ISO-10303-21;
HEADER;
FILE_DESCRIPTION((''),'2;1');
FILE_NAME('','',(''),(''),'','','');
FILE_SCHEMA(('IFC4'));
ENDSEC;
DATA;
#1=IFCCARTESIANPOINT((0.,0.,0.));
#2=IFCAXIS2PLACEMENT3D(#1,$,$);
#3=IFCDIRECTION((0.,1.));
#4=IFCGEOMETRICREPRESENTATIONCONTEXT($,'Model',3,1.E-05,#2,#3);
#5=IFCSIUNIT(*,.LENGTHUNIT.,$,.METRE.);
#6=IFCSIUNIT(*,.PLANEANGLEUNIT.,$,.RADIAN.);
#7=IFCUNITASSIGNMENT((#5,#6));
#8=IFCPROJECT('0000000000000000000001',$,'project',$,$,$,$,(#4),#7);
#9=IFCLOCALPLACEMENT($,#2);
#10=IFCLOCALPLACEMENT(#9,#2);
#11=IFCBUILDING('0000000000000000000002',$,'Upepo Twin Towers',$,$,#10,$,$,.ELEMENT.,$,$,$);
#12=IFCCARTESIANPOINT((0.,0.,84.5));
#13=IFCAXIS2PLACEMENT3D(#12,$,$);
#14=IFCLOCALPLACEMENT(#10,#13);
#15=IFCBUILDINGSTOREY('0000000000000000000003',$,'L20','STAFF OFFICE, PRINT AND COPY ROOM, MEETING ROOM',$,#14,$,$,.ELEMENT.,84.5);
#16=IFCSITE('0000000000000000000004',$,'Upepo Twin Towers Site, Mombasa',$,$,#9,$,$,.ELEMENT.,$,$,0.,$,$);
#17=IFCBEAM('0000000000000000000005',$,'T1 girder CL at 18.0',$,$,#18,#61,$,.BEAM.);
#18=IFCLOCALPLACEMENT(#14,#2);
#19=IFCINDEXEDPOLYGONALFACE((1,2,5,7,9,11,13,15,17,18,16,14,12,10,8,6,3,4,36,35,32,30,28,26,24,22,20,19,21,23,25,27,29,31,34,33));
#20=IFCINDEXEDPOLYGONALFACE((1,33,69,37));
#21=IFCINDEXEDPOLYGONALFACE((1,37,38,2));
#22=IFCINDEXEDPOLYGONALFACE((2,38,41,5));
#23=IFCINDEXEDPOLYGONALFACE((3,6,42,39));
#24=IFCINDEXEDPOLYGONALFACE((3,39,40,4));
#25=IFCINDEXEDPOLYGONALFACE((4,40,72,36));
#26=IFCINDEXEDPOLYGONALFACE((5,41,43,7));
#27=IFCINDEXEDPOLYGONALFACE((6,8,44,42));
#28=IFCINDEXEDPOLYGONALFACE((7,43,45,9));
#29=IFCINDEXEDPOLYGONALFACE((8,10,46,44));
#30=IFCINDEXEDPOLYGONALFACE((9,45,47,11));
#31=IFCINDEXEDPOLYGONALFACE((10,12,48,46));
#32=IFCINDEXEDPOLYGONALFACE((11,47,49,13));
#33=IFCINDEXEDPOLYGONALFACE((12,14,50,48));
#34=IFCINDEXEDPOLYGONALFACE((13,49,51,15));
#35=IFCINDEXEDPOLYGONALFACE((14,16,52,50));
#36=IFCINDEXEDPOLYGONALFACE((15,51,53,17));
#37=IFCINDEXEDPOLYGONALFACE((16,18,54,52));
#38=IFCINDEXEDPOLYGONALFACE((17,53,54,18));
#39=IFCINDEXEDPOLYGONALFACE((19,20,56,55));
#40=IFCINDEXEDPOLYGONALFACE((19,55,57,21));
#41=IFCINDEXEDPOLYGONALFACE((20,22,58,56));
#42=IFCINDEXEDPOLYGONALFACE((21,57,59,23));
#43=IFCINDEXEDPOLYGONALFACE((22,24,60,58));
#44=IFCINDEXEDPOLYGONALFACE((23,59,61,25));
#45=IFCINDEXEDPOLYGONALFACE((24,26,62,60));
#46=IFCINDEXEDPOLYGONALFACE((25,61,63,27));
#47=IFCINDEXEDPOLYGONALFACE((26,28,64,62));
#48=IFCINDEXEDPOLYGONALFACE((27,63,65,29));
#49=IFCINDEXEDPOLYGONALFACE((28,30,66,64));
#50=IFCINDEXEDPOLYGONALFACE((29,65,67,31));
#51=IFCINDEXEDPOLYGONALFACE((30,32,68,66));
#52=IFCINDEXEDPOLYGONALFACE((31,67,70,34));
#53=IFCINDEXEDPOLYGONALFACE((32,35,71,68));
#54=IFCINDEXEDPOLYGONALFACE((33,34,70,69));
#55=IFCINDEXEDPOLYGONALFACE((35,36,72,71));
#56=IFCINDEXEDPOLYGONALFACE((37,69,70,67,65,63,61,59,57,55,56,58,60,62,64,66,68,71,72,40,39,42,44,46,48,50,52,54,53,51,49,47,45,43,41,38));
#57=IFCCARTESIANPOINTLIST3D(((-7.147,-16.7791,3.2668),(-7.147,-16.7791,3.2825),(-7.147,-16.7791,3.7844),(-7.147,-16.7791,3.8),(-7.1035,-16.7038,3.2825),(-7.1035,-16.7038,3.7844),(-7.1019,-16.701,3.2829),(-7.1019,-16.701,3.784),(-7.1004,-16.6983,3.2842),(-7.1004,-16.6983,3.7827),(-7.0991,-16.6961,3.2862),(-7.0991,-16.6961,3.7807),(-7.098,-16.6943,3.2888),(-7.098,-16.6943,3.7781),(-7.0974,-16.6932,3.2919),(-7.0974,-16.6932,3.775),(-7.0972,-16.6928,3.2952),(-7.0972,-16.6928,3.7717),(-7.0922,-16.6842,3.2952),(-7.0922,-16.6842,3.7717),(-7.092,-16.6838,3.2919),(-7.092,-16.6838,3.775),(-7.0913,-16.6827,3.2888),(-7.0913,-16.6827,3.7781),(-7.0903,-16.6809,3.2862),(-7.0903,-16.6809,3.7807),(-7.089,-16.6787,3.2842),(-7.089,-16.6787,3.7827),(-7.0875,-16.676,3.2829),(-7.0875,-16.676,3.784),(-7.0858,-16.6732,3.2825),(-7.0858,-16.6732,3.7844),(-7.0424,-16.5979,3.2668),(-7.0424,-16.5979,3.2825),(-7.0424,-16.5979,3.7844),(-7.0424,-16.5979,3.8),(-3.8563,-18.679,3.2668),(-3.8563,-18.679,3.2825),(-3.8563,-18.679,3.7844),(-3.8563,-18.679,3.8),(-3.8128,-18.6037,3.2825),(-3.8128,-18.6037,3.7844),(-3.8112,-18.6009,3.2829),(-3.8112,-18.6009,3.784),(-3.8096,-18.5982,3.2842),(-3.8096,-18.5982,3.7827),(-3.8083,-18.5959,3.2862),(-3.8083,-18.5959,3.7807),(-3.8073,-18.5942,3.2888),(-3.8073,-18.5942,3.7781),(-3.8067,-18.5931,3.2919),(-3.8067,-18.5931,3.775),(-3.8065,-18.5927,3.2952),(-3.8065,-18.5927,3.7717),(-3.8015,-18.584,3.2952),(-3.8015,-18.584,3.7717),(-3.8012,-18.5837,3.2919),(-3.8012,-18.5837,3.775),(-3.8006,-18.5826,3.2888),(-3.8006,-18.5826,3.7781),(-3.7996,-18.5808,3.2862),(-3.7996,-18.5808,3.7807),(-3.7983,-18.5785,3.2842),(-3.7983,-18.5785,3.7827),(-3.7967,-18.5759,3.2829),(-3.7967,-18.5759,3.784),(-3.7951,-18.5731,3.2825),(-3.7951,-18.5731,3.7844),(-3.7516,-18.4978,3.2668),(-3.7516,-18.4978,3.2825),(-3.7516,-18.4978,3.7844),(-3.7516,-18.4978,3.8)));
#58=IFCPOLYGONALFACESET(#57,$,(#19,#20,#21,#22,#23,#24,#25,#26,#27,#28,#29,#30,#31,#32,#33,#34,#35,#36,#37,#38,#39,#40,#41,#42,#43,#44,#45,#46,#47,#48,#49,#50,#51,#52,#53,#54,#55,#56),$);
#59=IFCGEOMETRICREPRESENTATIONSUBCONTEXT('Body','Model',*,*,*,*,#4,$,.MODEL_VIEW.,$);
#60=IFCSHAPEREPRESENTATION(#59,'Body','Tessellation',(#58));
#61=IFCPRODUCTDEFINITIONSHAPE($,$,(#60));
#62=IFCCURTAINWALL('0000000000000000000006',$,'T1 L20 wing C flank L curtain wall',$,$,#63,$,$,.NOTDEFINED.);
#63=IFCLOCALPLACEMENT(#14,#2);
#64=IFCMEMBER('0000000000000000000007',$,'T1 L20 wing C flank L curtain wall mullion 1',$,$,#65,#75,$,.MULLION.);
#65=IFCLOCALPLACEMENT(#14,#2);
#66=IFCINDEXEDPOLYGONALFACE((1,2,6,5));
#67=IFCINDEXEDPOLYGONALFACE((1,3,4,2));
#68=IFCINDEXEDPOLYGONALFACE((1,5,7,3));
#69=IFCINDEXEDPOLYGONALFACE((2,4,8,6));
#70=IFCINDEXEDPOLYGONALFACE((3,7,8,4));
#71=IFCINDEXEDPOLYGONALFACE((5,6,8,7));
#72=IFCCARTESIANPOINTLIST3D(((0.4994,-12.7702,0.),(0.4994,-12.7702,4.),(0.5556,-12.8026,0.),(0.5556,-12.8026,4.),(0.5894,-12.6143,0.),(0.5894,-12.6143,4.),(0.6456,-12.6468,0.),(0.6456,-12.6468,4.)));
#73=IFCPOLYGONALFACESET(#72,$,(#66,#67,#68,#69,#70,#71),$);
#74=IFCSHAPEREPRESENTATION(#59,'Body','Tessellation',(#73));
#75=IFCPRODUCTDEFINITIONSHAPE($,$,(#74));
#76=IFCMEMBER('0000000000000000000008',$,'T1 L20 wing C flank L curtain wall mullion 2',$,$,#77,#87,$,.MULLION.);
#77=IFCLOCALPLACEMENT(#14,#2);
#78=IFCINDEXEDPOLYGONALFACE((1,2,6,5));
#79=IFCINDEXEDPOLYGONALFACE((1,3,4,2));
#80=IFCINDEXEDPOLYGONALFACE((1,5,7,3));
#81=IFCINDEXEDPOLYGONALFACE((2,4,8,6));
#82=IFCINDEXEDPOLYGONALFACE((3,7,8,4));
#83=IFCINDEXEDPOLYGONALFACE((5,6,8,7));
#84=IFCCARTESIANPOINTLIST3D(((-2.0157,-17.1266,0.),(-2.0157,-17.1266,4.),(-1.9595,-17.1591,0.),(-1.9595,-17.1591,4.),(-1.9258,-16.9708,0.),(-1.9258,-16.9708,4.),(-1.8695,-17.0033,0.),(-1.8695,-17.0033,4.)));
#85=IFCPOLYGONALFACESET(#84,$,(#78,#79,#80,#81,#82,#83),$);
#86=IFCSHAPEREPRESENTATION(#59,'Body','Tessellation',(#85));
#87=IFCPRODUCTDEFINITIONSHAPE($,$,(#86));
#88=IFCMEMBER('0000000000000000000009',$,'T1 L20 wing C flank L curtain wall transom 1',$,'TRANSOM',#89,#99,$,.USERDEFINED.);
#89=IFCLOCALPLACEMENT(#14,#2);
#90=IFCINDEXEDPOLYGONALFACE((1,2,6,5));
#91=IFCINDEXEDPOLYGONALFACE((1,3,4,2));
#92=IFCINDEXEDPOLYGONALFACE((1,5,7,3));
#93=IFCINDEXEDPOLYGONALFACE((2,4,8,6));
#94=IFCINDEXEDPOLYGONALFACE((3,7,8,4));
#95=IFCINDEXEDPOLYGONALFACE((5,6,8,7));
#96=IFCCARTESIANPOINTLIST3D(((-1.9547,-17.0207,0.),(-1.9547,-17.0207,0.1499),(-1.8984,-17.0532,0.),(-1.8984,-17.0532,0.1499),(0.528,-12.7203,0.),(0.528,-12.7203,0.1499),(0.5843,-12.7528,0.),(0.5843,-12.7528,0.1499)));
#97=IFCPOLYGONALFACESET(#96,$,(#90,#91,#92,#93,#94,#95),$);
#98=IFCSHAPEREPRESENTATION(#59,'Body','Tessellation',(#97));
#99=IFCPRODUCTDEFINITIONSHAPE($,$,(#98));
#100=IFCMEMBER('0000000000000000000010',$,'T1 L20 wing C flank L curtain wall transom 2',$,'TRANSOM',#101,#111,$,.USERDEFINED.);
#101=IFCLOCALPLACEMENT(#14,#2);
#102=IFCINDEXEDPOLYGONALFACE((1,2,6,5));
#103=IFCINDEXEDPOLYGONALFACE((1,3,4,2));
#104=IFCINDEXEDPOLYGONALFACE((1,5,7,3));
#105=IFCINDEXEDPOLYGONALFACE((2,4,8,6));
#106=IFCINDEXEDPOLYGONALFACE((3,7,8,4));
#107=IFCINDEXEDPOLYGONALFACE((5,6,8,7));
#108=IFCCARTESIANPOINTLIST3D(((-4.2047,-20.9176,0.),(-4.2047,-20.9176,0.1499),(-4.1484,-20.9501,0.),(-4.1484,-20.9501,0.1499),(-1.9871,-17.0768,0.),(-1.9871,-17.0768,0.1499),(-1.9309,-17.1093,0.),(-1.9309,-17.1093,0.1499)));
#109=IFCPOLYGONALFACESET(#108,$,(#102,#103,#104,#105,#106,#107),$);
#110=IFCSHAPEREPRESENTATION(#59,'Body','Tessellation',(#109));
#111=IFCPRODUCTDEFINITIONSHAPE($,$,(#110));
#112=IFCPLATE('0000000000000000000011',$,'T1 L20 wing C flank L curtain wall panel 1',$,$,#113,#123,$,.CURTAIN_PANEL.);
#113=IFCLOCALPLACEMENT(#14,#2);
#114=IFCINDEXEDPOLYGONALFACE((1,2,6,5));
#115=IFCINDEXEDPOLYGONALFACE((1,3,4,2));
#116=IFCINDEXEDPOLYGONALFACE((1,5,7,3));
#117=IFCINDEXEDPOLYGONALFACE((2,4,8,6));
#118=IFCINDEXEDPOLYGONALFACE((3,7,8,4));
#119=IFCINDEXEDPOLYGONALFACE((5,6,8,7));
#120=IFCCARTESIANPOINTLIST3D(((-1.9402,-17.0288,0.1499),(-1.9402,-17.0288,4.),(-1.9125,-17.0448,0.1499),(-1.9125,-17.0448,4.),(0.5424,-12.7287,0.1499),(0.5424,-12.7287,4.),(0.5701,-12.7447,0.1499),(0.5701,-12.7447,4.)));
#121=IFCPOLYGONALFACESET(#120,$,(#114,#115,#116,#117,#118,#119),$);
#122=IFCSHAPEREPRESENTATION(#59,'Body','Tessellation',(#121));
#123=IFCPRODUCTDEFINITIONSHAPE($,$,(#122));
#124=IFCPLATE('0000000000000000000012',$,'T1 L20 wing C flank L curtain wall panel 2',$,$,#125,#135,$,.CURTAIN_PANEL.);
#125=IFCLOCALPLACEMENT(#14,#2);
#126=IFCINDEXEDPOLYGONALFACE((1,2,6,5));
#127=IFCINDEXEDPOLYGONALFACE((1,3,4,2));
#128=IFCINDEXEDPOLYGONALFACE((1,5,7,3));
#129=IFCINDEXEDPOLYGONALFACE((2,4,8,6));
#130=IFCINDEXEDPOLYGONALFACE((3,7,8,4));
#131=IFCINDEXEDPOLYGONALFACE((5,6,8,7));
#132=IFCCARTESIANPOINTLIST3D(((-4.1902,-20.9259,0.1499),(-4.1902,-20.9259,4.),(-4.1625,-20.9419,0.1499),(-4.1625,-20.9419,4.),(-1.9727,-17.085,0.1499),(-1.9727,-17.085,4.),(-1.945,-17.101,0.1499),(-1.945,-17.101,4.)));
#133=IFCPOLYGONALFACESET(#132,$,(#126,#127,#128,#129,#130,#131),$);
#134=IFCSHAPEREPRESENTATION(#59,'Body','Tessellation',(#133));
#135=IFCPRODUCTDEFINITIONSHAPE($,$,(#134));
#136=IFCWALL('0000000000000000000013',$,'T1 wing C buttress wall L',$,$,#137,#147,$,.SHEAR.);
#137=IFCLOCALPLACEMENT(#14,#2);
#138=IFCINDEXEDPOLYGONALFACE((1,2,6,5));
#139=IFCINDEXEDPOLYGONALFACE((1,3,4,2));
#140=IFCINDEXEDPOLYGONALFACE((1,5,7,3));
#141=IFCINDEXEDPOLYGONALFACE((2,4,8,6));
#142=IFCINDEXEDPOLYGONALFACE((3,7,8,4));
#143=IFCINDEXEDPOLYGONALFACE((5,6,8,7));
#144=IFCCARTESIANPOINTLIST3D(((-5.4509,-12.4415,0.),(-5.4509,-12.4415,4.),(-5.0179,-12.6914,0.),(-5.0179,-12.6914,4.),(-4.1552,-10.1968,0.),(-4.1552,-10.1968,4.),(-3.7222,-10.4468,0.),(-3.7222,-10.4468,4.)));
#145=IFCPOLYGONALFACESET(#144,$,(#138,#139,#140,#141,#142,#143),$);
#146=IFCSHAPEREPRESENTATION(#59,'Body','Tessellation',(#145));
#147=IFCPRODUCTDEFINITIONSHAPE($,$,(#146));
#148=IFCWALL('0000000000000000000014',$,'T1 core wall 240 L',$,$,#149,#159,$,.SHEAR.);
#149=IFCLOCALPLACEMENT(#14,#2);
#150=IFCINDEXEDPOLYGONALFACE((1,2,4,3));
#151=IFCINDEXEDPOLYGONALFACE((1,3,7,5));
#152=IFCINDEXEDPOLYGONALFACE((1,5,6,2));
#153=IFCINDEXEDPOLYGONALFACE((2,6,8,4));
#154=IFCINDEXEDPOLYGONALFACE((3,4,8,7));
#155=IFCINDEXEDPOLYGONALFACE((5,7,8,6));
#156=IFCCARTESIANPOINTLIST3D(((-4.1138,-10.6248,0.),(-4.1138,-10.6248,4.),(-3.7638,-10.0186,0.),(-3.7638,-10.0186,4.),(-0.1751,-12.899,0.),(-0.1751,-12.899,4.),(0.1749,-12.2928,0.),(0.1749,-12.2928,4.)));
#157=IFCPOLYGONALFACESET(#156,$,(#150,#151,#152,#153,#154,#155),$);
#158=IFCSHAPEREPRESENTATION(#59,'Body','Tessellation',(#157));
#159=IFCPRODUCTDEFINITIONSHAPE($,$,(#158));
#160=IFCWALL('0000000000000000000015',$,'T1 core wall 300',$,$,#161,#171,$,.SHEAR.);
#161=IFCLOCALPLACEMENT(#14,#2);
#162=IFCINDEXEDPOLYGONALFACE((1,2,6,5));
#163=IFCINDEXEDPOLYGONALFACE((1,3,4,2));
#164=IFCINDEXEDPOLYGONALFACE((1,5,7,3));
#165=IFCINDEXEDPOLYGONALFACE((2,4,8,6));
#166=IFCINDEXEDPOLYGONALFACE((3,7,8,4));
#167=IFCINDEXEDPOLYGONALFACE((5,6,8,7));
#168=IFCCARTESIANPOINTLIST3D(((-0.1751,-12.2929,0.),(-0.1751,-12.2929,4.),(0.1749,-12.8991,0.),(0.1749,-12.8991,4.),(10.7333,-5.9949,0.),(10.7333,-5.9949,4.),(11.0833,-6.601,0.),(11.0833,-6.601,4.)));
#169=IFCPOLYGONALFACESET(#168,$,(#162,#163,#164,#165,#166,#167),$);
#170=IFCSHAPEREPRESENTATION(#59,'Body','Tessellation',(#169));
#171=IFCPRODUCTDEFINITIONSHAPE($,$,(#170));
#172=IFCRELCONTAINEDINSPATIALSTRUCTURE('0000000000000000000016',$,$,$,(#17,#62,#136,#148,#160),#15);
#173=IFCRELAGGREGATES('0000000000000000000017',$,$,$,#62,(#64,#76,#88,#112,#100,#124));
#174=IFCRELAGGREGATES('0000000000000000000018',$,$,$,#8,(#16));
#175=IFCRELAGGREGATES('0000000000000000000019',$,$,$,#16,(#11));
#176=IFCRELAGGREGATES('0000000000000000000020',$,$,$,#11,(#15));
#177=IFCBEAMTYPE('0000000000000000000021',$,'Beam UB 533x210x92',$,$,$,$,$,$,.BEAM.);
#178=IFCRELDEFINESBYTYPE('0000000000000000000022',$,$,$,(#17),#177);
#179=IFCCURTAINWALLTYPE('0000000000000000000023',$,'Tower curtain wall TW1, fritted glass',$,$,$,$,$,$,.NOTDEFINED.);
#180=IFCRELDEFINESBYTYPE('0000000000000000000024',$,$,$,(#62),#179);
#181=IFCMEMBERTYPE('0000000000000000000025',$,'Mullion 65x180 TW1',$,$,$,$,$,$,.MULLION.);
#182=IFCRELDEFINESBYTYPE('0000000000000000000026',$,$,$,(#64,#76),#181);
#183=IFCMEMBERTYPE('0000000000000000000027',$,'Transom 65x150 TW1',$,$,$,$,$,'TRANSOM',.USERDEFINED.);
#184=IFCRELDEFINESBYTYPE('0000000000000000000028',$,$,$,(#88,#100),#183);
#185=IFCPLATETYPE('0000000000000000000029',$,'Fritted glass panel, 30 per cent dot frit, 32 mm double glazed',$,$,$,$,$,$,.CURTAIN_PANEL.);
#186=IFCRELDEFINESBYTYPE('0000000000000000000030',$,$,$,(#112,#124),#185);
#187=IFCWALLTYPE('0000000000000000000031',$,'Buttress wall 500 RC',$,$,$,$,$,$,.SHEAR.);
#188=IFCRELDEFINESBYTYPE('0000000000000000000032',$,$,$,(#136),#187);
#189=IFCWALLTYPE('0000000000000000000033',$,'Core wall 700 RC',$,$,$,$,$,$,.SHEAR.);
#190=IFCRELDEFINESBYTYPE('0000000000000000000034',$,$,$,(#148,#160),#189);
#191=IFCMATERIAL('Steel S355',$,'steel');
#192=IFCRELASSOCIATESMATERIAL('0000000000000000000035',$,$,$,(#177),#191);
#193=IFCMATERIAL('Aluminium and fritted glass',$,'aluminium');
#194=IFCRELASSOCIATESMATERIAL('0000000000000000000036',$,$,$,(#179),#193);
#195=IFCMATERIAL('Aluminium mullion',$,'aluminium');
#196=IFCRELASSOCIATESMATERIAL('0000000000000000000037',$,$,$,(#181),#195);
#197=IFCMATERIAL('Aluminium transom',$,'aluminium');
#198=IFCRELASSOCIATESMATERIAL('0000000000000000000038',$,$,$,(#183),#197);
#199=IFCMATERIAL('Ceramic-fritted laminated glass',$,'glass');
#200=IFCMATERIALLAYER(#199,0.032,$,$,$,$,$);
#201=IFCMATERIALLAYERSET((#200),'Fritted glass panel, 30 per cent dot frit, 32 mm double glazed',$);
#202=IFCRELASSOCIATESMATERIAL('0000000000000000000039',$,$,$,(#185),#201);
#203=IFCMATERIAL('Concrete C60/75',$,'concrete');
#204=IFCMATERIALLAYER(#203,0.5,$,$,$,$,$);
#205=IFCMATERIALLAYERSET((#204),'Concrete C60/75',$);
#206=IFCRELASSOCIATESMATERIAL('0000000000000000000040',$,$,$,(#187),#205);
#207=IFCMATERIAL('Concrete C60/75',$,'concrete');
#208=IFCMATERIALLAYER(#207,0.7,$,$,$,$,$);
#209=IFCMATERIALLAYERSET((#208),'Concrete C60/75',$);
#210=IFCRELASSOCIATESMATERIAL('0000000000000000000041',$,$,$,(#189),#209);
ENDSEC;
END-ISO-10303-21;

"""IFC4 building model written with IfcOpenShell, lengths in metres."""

from ifc_helpers import new_model, si_unit, direction, frame, frame_2d, origin, origin_2d, place, context, subcontext, project, spatial, rectangle, i_section, extrude, material, layer, layer_set, material_profile, profile_set, type_object, element, aggregate, save


model = new_model("IFC4")

# Units and contexts
model_context = context("Model", 3, precision=1e-05, world=origin(), true_north=direction((0.0, 1.0)))
body_context = subcontext(model_context, "Body", "Model", "MODEL_VIEW")
ifc_project = project(units=[si_unit("LENGTHUNIT", "METRE"), si_unit("PLANEANGLEUNIT", "RADIAN")], contexts=[model_context])

# Site, building, storey
site_placement = place(None, origin())
site = spatial("IfcSite", under=ifc_project, at=site_placement, Name="Upepo Twin Towers Site, Mombasa", CompositionType="ELEMENT", RefElevation=0.0)
building_placement = place(site_placement, origin())
building = spatial("IfcBuilding", under=site, at=building_placement, Name="Upepo Twin Towers", CompositionType="ELEMENT")
storey_placement = place(building_placement, frame((0.0, 0.0, 84.5)))
storey = spatial("IfcBuildingStorey", under=building, at=storey_placement, Name="L20", Description="STAFF OFFICE, PRINT AND COPY ROOM, MEETING ROOM", CompositionType="ELEMENT", Elevation=84.5)

# Beam
ifc_material_1 = material(Name="Steel S355", Category="steel")
ifc_material_profile_1 = material_profile(ifc_material_1, i_section(OverallWidth=0.2092, OverallDepth=0.5332, WebThickness=0.01, FlangeThickness=0.0156, FilletRadius=0.0127, at=origin_2d()), Name="UB 533x210x92")
ifc_profile_set_1 = profile_set([ifc_material_profile_1], Name="Steel S355")
beam_type_1 = type_object("IfcBeamType", Name="Beam UB 533x210x92", PredefinedType="BEAM", material=ifc_profile_set_1)
beam_1_placement = place(storey_placement, frame((-3.804, -18.5884, 3.5334), z_axis=(-0.866028, 0.499995, 0.0), x_axis=(-0.499995, -0.866028, 0.0)))
element("IfcBeam", 1, at=beam_1_placement, inside=storey, type_object=beam_type_1, Name="T1 girder CL at 18.0", PredefinedType="BEAM", context=body_context, shape_type="SweptSolid", body=[
    extrude(i_section(OverallWidth=0.2092, OverallDepth=0.5332, WebThickness=0.01, FlangeThickness=0.0156, FilletRadius=0.0127, at=origin_2d()), origin(), (0.0, 0.0, 1.0), 3.7998),
])

# Curtain wall, members, plates
ifc_material_2 = material(Name="Aluminium and fritted glass", Category="aluminium")
curtain_wall_type = type_object("IfcCurtainWallType", Name="Tower curtain wall TW1, fritted glass", PredefinedType="NOTDEFINED", material=ifc_material_2)
curtain_wall_placement = place(storey_placement, origin())
curtain_wall = element("IfcCurtainWall", 2, at=curtain_wall_placement, inside=storey, type_object=curtain_wall_type, Name="T1 L20 wing C flank L curtain wall", PredefinedType="NOTDEFINED")
ifc_material_3 = material(Name="Aluminium mullion", Category="aluminium")
ifc_material_profile_2 = material_profile(ifc_material_3, rectangle(XDim=0.0649, YDim=0.1799, at=origin_2d()), Name="MULLION 65x180")
ifc_profile_set_2 = profile_set([ifc_material_profile_2], Name="Aluminium mullion")
member_type_1 = type_object("IfcMemberType", Name="Mullion 65x180 TW1", PredefinedType="MULLION", material=ifc_profile_set_2)
member_1_placement = place(storey_placement, frame((0.5725, -12.7085, 0.0), z_axis=(0.0, 0.0, 1.0), x_axis=(0.866025, -0.5, 0.0)))
member_1 = element("IfcMember", 3, at=member_1_placement, type_object=member_type_1, Name="T1 L20 wing C flank L curtain wall mullion 1", PredefinedType="MULLION", context=body_context, shape_type="SweptSolid", body=[
    extrude(rectangle(XDim=0.0649, YDim=0.1799, at=origin_2d()), origin(), (0.0, 0.0, 1.0), 4.0),
])
member_2_placement = place(storey_placement, frame((-1.9426, -17.0649, 0.0), z_axis=(0.0, 0.0, 1.0), x_axis=(0.866025, -0.5, 0.0)))
member_2 = element("IfcMember", 4, at=member_2_placement, type_object=member_type_1, Name="T1 L20 wing C flank L curtain wall mullion 2", PredefinedType="MULLION", context=body_context, shape_type="SweptSolid", body=[
    extrude(rectangle(XDim=0.0649, YDim=0.1799, at=origin_2d()), origin(), (0.0, 0.0, 1.0), 4.0),
])
ifc_material_4 = material(Name="Aluminium transom", Category="aluminium")
ifc_material_profile_3 = material_profile(ifc_material_4, rectangle(XDim=0.0649, YDim=0.1499, at=origin_2d()), Name="TRANSOM 65x150")
ifc_profile_set_3 = profile_set([ifc_material_profile_3], Name="Aluminium transom")
member_type_2 = type_object("IfcMemberType", Name="Transom 65x150 TW1", ElementType="TRANSOM", PredefinedType="USERDEFINED", material=ifc_profile_set_3)
member_3_placement = place(storey_placement, frame((0.5562, -12.7366, 0.075), z_axis=(-0.499983, -0.866035, 0.0), x_axis=(0.866035, -0.499983, 0.0)))
member_3 = element("IfcMember", 5, at=member_3_placement, type_object=member_type_2, Name="T1 L20 wing C flank L curtain wall transom 1", ObjectType="TRANSOM", PredefinedType="USERDEFINED", context=body_context, shape_type="SweptSolid", body=[
    extrude(rectangle(XDim=0.0649, YDim=0.1499, at=origin_2d()), origin(), (0.0, 0.0, 1.0), 4.9656),
])
member_4_placement = place(storey_placement, frame((-1.959, -17.093, 0.075), z_axis=(-0.500005, -0.866022, 0.0), x_axis=(0.866022, -0.500005, 0.0)))
member_4 = element("IfcMember", 6, at=member_4_placement, type_object=member_type_2, Name="T1 L20 wing C flank L curtain wall transom 2", ObjectType="TRANSOM", PredefinedType="USERDEFINED", context=body_context, shape_type="SweptSolid", body=[
    extrude(rectangle(XDim=0.0649, YDim=0.1499, at=origin_2d()), origin(), (0.0, 0.0, 1.0), 4.4351),
])
ifc_material_5 = material(Name="Ceramic-fritted laminated glass", Category="glass")
ifc_layer_1 = layer(ifc_material_5, 0.032)
ifc_layer_set_1 = layer_set([ifc_layer_1], Name="Fritted glass panel, 30 per cent dot frit, 32 mm double glazed")
plate_type = type_object("IfcPlateType", Name="Fritted glass panel, 30 per cent dot frit, 32 mm double glazed", PredefinedType="CURTAIN_PANEL", material=ifc_layer_set_1)
plate_1_placement = place(storey_placement, frame((-0.6851, -14.8867, 0.1499), z_axis=(0.0, 0.0, 1.0), x_axis=(-0.5, -0.866025, 0.0)))
plate_1 = element("IfcPlate", 7, at=plate_1_placement, type_object=plate_type, Name="T1 L20 wing C flank L curtain wall panel 1", PredefinedType="CURTAIN_PANEL", context=body_context, shape_type="SweptSolid", body=[
    extrude(rectangle(XDim=4.9653, YDim=0.032, at=origin_2d()), origin(), (0.0, 0.0, 1.0), 3.8501),
])
plate_2_placement = place(storey_placement, frame((-3.0676, -19.0134, 0.1499), z_axis=(0.0, 0.0, 1.0), x_axis=(-0.5, -0.866025, 0.0)))
plate_2 = element("IfcPlate", 8, at=plate_2_placement, type_object=plate_type, Name="T1 L20 wing C flank L curtain wall panel 2", PredefinedType="CURTAIN_PANEL", context=body_context, shape_type="SweptSolid", body=[
    extrude(rectangle(XDim=4.4351, YDim=0.032, at=origin_2d()), origin(), (0.0, 0.0, 1.0), 3.8501),
])
aggregate(curtain_wall, [member_1, member_2, member_3, plate_1, member_4, plate_2])

# Walls
ifc_material_6 = material(Name="Concrete C60/75", Category="concrete")
ifc_layer_2 = layer(ifc_material_6, 0.5)
ifc_layer_set_2 = layer_set([ifc_layer_2], Name="Concrete C60/75")
wall_type_1 = type_object("IfcWallType", Name="Buttress wall 500 RC", PredefinedType="SHEAR", material=ifc_layer_set_2)
wall_1_placement = place(storey_placement, frame((-3.9387, -10.3218, 0.0), z_axis=(0.0, 0.0, 1.0), x_axis=(-0.499918, -0.866073, 0.0)))
element("IfcWall", 9, at=wall_1_placement, inside=storey, type_object=wall_type_1, Name="T1 wing C buttress wall L", PredefinedType="SHEAR", context=body_context, shape_type="SweptSolid", body=[
    extrude(rectangle(XDim=2.5918, YDim=0.5, at=frame_2d((1.2959, 0.0))), origin(), (0.0, 0.0, 1.0), 4.0),
])
ifc_material_7 = material(Name="Concrete C60/75", Category="concrete")
ifc_layer_3 = layer(ifc_material_7, 0.7)
ifc_layer_set_3 = layer_set([ifc_layer_3], Name="Concrete C60/75")
wall_type_2 = type_object("IfcWallType", Name="Core wall 700 RC", PredefinedType="SHEAR", material=ifc_layer_set_3)
wall_2_placement = place(storey_placement, frame((-3.9387, -10.3218, 0.0), z_axis=(0.0, 0.0, 1.0), x_axis=(0.866011, -0.500024, 0.0)))
element("IfcWall", 10, at=wall_2_placement, inside=storey, type_object=wall_type_2, Name="T1 core wall 240 L", PredefinedType="SHEAR", context=body_context, shape_type="SweptSolid", body=[
    extrude(rectangle(XDim=4.5481, YDim=0.7, at=frame_2d((2.2739, 0.0))), origin(), (0.0, 0.0, 1.0), 4.0),
])
wall_3_placement = place(storey_placement, frame((0.0, -12.5959, 0.0), z_axis=(0.0, 0.0, 1.0), x_axis=(0.866022, 0.500006, 0.0)))
element("IfcWall", 11, at=wall_3_placement, inside=storey, type_object=wall_type_2, Name="T1 core wall 300", PredefinedType="SHEAR", context=body_context, shape_type="SweptSolid", body=[
    extrude(rectangle(XDim=12.5959, YDim=0.7, at=frame_2d((6.2979, 0.0))), origin(), (0.0, 0.0, 1.0), 4.0),
])

save(model, "model.ifc")
